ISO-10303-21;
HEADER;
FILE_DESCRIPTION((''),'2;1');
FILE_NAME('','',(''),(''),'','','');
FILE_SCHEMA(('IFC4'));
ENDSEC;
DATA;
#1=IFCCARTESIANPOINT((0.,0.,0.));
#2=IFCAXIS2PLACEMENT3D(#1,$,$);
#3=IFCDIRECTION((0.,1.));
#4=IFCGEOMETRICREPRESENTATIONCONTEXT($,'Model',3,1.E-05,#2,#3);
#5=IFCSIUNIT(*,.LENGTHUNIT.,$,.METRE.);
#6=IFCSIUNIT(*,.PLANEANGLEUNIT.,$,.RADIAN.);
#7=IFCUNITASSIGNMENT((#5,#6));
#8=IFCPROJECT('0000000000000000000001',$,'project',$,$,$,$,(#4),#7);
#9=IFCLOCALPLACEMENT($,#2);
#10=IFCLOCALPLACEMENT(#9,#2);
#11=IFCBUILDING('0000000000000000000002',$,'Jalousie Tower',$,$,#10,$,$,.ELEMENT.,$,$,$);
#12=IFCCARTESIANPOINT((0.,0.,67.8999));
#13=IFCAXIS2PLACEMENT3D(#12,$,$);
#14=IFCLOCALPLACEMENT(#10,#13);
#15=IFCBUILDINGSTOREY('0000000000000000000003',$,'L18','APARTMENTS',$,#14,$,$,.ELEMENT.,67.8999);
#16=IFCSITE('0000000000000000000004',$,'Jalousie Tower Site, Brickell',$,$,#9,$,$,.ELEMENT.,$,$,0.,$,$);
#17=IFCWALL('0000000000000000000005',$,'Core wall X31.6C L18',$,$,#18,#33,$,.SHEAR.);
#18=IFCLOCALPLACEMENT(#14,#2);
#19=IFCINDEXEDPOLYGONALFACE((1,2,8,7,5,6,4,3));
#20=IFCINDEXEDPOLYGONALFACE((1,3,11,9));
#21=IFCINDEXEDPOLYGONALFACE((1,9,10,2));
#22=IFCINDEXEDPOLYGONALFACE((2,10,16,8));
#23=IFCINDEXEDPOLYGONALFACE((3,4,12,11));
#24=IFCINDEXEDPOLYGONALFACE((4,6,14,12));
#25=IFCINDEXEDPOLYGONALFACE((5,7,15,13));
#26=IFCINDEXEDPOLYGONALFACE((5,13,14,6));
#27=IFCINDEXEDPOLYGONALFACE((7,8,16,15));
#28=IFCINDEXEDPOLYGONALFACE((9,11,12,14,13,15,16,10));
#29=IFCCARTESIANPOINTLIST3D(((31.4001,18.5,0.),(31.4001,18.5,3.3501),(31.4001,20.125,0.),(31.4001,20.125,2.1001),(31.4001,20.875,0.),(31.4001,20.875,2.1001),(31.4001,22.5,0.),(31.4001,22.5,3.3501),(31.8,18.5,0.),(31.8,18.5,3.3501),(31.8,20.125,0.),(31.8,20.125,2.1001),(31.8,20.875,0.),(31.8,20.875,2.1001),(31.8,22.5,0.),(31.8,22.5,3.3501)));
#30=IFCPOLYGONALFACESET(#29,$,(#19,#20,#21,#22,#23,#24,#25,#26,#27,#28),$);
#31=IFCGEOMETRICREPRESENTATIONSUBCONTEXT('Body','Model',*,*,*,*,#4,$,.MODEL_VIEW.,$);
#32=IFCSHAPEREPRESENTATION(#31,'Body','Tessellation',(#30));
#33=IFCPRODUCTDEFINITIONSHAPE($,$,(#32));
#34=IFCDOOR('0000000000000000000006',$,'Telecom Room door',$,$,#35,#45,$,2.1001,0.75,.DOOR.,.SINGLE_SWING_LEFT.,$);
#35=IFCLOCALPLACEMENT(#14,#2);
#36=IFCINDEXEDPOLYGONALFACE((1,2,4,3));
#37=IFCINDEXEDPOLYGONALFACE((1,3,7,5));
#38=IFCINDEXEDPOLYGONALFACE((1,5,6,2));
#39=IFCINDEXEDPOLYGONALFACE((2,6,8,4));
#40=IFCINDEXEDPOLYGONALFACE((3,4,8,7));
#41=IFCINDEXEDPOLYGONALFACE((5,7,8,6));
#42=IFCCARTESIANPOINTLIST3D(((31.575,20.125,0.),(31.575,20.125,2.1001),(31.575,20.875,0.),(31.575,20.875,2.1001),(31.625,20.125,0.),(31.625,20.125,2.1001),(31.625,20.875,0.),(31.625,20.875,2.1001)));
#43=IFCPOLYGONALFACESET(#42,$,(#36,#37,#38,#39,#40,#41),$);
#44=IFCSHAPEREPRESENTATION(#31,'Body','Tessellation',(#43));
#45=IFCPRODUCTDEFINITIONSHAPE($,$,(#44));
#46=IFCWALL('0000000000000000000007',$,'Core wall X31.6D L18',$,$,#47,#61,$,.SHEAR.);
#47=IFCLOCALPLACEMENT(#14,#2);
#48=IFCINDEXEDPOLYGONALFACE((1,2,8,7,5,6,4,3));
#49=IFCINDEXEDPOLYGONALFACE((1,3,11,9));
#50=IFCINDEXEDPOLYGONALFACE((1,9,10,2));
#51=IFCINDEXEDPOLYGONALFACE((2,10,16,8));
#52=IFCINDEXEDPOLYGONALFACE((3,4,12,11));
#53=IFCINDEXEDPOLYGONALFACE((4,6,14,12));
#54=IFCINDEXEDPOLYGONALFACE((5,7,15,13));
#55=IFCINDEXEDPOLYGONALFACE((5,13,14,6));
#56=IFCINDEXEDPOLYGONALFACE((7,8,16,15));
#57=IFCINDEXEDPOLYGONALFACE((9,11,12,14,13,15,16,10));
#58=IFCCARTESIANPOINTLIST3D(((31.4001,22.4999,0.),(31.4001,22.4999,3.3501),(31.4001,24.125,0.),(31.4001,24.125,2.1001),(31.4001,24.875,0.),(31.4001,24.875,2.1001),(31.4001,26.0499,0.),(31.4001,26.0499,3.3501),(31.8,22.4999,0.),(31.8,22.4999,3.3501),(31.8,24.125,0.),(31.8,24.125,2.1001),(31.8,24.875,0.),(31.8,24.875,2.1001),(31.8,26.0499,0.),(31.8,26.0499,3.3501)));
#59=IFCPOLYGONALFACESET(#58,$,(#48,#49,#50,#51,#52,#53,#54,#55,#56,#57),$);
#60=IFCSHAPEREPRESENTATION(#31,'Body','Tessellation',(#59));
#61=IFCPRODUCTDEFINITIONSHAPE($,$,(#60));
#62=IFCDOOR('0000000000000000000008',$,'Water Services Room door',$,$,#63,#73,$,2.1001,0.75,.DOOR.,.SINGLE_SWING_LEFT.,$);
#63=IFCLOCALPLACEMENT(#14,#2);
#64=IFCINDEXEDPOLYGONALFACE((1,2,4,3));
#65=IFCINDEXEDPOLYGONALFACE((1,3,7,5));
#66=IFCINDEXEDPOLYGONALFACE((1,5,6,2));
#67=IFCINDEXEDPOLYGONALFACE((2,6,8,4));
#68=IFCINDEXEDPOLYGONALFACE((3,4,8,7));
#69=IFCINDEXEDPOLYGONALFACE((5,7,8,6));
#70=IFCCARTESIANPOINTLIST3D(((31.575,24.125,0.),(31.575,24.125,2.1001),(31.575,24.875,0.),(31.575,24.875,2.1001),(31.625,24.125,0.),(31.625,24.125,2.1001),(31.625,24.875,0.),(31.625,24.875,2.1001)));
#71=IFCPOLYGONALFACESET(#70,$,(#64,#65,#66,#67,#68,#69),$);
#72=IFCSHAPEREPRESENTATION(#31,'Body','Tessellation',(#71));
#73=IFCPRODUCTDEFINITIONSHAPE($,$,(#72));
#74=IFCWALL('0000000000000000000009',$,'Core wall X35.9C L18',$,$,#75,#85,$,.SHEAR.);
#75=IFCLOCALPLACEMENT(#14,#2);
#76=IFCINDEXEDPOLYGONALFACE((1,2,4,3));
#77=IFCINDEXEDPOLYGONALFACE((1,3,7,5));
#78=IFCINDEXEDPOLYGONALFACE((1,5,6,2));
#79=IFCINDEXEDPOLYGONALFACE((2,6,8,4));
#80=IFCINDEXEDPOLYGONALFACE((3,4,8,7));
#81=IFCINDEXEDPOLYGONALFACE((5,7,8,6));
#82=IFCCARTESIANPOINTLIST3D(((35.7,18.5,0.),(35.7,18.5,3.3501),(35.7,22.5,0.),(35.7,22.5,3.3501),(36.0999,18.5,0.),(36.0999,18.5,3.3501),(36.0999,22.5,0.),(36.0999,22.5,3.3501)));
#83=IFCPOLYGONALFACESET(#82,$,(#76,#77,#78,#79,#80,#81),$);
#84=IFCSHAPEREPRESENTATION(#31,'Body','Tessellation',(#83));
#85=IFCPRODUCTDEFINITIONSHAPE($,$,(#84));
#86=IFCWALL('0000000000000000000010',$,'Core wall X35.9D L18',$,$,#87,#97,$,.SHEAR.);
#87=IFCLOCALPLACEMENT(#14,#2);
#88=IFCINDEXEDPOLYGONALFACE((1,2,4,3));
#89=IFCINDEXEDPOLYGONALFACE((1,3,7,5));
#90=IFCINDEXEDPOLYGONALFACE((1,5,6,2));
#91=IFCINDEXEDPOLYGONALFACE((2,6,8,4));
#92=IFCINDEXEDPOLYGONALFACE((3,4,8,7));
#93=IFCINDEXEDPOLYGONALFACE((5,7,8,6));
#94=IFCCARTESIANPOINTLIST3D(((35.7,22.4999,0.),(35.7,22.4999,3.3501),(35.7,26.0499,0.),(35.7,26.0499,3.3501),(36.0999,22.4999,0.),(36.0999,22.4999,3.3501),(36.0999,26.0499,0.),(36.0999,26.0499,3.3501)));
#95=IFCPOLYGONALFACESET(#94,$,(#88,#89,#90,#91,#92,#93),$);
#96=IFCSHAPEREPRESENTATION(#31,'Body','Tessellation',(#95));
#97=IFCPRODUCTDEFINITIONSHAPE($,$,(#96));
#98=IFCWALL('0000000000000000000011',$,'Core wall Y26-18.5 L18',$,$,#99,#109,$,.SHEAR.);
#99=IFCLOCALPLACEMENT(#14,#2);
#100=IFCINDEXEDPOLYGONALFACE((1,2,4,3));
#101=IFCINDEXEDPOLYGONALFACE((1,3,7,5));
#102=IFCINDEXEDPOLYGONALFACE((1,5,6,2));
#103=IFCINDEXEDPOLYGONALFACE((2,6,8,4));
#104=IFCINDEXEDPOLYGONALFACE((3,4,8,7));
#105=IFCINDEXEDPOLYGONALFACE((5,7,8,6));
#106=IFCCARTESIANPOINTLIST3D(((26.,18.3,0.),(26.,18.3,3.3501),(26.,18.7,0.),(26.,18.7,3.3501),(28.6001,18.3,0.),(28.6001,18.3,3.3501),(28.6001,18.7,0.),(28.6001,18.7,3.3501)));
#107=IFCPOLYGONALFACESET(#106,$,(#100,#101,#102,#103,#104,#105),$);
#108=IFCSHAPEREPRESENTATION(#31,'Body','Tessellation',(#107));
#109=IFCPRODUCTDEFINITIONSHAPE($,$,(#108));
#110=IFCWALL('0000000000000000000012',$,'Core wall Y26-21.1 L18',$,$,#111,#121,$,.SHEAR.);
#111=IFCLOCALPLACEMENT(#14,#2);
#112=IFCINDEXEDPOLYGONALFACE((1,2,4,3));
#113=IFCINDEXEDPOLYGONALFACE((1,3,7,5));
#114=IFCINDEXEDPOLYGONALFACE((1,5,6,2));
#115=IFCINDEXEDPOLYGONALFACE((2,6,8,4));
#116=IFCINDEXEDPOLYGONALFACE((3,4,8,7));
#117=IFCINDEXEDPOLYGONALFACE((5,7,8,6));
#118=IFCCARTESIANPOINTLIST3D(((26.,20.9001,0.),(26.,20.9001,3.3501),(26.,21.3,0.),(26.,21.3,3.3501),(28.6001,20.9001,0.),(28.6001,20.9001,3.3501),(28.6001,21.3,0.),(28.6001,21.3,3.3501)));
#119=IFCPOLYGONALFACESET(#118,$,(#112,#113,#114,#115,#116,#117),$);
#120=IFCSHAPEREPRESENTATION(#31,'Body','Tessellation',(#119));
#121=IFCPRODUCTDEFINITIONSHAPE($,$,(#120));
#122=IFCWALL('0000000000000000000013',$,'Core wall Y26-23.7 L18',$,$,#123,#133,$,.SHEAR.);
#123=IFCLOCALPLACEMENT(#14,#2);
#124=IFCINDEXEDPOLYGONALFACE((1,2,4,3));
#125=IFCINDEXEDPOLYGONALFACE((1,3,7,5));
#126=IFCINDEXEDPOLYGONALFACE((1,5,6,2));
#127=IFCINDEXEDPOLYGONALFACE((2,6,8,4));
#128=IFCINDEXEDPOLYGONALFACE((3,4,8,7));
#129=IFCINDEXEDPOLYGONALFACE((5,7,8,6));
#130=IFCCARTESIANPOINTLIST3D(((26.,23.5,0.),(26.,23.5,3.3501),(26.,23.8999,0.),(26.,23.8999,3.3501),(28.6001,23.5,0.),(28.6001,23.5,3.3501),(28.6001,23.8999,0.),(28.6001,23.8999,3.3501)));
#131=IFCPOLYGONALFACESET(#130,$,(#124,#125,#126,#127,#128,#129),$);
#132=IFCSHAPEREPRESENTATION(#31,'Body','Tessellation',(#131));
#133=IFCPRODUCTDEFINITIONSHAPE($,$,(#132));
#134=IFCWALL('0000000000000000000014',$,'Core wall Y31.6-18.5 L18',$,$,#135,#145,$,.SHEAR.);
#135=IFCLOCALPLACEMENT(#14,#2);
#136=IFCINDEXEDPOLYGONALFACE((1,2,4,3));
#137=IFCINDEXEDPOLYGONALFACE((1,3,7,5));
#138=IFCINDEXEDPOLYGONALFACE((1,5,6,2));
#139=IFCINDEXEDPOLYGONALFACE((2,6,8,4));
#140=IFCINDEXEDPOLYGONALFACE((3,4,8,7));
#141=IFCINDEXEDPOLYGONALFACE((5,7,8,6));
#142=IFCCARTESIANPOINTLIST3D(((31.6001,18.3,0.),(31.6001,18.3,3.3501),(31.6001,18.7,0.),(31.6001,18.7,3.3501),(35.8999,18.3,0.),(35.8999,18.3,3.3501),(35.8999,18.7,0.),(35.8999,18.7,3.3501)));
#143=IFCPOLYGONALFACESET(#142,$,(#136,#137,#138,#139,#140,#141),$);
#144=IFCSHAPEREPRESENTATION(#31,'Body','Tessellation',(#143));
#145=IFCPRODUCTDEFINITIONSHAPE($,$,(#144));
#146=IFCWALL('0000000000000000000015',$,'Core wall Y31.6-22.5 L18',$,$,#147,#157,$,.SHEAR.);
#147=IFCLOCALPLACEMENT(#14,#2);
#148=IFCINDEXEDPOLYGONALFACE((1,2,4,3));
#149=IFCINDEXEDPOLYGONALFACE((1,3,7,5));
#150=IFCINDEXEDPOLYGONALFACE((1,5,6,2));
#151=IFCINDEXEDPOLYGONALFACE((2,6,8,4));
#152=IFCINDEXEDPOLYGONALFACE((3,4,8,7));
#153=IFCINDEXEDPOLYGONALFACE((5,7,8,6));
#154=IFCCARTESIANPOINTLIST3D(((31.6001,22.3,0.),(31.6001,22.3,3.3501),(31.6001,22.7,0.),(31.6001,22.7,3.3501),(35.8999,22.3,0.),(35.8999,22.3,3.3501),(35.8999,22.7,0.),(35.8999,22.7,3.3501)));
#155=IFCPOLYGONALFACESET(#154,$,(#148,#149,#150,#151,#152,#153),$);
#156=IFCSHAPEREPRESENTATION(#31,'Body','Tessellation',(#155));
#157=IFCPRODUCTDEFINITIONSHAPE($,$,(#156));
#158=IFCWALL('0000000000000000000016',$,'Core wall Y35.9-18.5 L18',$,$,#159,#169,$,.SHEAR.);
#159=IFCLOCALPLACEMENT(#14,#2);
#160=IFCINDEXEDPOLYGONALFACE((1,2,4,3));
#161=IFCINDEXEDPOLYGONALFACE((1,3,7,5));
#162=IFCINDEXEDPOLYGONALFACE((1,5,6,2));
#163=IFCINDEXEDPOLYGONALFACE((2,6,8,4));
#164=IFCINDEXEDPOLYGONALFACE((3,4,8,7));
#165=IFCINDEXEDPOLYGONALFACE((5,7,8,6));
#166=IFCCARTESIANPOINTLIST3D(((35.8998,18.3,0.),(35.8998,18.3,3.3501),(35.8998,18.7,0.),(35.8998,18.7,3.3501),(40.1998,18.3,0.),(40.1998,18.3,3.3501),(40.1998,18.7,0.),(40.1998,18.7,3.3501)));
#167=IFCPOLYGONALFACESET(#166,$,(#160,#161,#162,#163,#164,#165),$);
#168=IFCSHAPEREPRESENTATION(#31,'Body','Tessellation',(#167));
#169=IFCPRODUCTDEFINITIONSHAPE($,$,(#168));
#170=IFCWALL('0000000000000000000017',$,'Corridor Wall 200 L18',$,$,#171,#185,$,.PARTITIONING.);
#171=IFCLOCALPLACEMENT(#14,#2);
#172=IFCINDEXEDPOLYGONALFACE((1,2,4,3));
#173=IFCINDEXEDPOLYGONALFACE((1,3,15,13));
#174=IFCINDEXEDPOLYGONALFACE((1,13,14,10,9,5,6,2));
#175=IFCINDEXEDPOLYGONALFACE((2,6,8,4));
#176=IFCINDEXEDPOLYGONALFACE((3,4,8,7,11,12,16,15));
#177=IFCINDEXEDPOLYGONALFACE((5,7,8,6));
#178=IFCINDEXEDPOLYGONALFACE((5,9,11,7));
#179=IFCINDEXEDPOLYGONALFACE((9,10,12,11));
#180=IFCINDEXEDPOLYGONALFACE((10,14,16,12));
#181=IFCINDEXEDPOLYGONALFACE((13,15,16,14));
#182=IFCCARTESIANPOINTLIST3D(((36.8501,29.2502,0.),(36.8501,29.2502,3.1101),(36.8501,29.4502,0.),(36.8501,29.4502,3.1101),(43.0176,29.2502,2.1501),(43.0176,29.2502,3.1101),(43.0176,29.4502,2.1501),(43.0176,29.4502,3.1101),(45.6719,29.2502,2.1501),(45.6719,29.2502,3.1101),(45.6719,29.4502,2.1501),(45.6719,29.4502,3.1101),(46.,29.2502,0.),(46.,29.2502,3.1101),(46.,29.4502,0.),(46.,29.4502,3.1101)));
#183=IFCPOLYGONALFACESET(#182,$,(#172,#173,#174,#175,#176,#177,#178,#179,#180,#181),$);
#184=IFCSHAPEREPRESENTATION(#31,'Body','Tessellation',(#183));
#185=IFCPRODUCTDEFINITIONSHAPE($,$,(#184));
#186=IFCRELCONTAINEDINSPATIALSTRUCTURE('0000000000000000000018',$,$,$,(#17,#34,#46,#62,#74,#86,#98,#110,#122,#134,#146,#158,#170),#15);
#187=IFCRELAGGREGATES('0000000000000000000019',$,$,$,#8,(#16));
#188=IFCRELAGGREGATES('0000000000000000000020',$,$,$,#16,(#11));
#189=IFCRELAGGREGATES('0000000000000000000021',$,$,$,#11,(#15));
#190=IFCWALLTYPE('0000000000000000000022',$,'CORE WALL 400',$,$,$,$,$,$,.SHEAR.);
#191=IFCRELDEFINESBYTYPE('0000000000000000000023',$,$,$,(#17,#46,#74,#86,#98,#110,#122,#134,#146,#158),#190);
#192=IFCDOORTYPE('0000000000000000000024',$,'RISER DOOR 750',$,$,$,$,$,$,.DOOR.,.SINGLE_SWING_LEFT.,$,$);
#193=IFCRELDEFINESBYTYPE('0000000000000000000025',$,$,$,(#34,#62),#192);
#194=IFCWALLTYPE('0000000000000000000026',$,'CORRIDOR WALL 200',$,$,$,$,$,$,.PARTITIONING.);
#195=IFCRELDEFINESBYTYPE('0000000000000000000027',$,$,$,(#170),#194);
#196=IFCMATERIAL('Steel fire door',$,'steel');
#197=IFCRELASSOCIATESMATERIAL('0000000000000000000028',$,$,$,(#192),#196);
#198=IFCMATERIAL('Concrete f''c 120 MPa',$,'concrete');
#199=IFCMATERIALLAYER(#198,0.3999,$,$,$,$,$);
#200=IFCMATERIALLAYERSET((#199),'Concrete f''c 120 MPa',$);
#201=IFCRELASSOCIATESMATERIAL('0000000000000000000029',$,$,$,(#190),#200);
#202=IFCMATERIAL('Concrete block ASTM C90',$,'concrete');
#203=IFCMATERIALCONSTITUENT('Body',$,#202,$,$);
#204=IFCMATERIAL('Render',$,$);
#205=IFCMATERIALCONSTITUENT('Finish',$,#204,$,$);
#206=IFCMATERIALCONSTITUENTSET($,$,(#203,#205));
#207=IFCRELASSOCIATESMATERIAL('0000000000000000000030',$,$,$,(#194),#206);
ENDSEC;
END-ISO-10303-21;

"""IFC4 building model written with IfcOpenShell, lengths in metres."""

from ifc_helpers import new_model, si_unit, direction, frame, frame_2d, origin, place, context, subcontext, project, spatial, polyline, rectangle, outline, extrude, material, layer, layer_set, constituent, constituent_set, type_object, element, fill, save


model = new_model("IFC4")

# Units and contexts
model_context = context("Model", 3, precision=1e-05, world=origin(), true_north=direction((0.0, 1.0)))
body_context = subcontext(model_context, "Body", "Model", "MODEL_VIEW")
ifc_project = project(units=[si_unit("LENGTHUNIT", "METRE"), si_unit("PLANEANGLEUNIT", "RADIAN")], contexts=[model_context])

# Site, building, storey
site_placement = place(None, origin())
site = spatial("IfcSite", under=ifc_project, at=site_placement, Name="Jalousie Tower Site, Brickell", CompositionType="ELEMENT", RefElevation=0.0)
building_placement = place(site_placement, origin())
building = spatial("IfcBuilding", under=site, at=building_placement, Name="Jalousie Tower", CompositionType="ELEMENT")
storey_placement = place(building_placement, frame((0.0, 0.0, 67.8999)))
storey = spatial("IfcBuildingStorey", under=building, at=storey_placement, Name="L18", Description="APARTMENTS", CompositionType="ELEMENT", Elevation=67.8999)

# Shared definitions
ifc_material_1 = material(Name="Steel fire door", Category="steel")
door_type_1 = type_object("IfcDoorType", Name="RISER DOOR 750", OperationType="SINGLE_SWING_LEFT", PredefinedType="DOOR", material=ifc_material_1)

# Shared definitions
ifc_material_2 = material(Name="Concrete f'c 120 MPa", Category="concrete")
ifc_layer_1 = layer(ifc_material_2, 0.3999)
ifc_layer_set_1 = layer_set([ifc_layer_1], Name="Concrete f'c 120 MPa")
wall_type_1 = type_object("IfcWallType", Name="CORE WALL 400", PredefinedType="SHEAR", material=ifc_layer_set_1)

# Walls, openings, doors
wall_1_placement = place(storey_placement, frame((31.6001, 18.5, 0.0), z_axis=(0.0, 0.0, 1.0), x_axis=(0.0, 1.0, 0.0)))
wall_1 = element("IfcWall", 1, at=wall_1_placement, inside=storey, type_object=wall_type_1, Name="Core wall X31.6C L18", PredefinedType="SHEAR", context=body_context, shape_type="SweptSolid", body=[
    extrude(rectangle(XDim=4.0, YDim=0.3999, at=frame_2d((2.0, 0.0))), origin(), (0.0, 0.0, 1.0), 3.3501),
])
opening_1_placement = place(wall_1_placement, frame((1.625, 0.0, 0.0)))
opening_1 = element("IfcOpeningElement", 2, at=opening_1_placement, cuts=wall_1, PredefinedType="OPENING", context=body_context, shape_type="SweptSolid", body=[
    extrude(rectangle(XDim=0.75, YDim=2.1001, at=frame_2d((0.375, 1.05))), frame((0.0, 0.21, 0.0), z_axis=(0.0, -1.0, 0.0), x_axis=(1.0, 0.0, 0.0)), (0.0, 0.0, 1.0), 0.4199),
])
door_1_placement = place(opening_1_placement, frame((0.75, 0.0, 0.0), z_axis=(0.0, 0.0, 1.0), x_axis=(-1.0, 0.0, 0.0)))
door_1 = element("IfcDoor", 3, at=door_1_placement, inside=storey, type_object=door_type_1, Name="Telecom Room door", OperationType="SINGLE_SWING_LEFT", OverallHeight=2.1001, OverallWidth=0.75, PredefinedType="DOOR", context=body_context, shape_type="SweptSolid", body=[
    extrude(rectangle(XDim=0.75, YDim=2.1001, at=frame_2d((0.375, 1.05))), frame((0.0, 0.0249, 0.0), z_axis=(0.0, -1.0, 0.0), x_axis=(1.0, 0.0, 0.0)), (0.0, 0.0, 1.0), 0.05),
])
fill(opening_1, door_1)
wall_2_placement = place(storey_placement, frame((31.6001, 22.5, 0.0), z_axis=(0.0, 0.0, 1.0), x_axis=(0.0, 1.0, 0.0)))
wall_2 = element("IfcWall", 4, at=wall_2_placement, inside=storey, type_object=wall_type_1, Name="Core wall X31.6D L18", PredefinedType="SHEAR", context=body_context, shape_type="SweptSolid", body=[
    extrude(rectangle(XDim=3.55, YDim=0.3999, at=frame_2d((1.7749, 0.0))), origin(), (0.0, 0.0, 1.0), 3.3501),
])
opening_2_placement = place(wall_2_placement, frame((1.625, 0.0, 0.0)))
opening_2 = element("IfcOpeningElement", 5, at=opening_2_placement, cuts=wall_2, PredefinedType="OPENING", context=body_context, shape_type="SweptSolid", body=[
    extrude(rectangle(XDim=0.75, YDim=2.1001, at=frame_2d((0.375, 1.05))), frame((0.0, 0.21, 0.0), z_axis=(0.0, -1.0, 0.0), x_axis=(1.0, 0.0, 0.0)), (0.0, 0.0, 1.0), 0.4199),
])
door_2_placement = place(opening_2_placement, frame((0.75, 0.0, 0.0), z_axis=(0.0, 0.0, 1.0), x_axis=(-1.0, 0.0, 0.0)))
door_2 = element("IfcDoor", 6, at=door_2_placement, inside=storey, type_object=door_type_1, Name="Water Services Room door", OperationType="SINGLE_SWING_LEFT", OverallHeight=2.1001, OverallWidth=0.75, PredefinedType="DOOR", context=body_context, shape_type="SweptSolid", body=[
    extrude(rectangle(XDim=0.75, YDim=2.1001, at=frame_2d((0.375, 1.05))), frame((0.0, 0.0249, 0.0), z_axis=(0.0, -1.0, 0.0), x_axis=(1.0, 0.0, 0.0)), (0.0, 0.0, 1.0), 0.05),
])
fill(opening_2, door_2)

# Walls
wall_3_placement = place(storey_placement, frame((35.8999, 18.5, 0.0), z_axis=(0.0, 0.0, 1.0), x_axis=(0.0, 1.0, 0.0)))
element("IfcWall", 7, at=wall_3_placement, inside=storey, type_object=wall_type_1, Name="Core wall X35.9C L18", PredefinedType="SHEAR", context=body_context, shape_type="SweptSolid", body=[
    extrude(rectangle(XDim=4.0, YDim=0.3999, at=frame_2d((2.0, 0.0))), origin(), (0.0, 0.0, 1.0), 3.3501),
])
wall_4_placement = place(storey_placement, frame((35.8999, 22.5, 0.0), z_axis=(0.0, 0.0, 1.0), x_axis=(0.0, 1.0, 0.0)))
element("IfcWall", 8, at=wall_4_placement, inside=storey, type_object=wall_type_1, Name="Core wall X35.9D L18", PredefinedType="SHEAR", context=body_context, shape_type="SweptSolid", body=[
    extrude(rectangle(XDim=3.55, YDim=0.3999, at=frame_2d((1.7749, 0.0))), origin(), (0.0, 0.0, 1.0), 3.3501),
])
for number, where, z_axis, x_axis, name in (
    (9, (26.0, 18.5, 0.0), (0.0, 0.0, 1.0), (1.0, 0.0, 0.0), "Core wall Y26-18.5 L18"),
    (10, (26.0, 21.1001, 0.0), (0.0, 0.0, 1.0), (1.0, 0.0, 0.0), "Core wall Y26-21.1 L18"),
    (11, (26.0, 23.7, 0.0), (0.0, 0.0, 1.0), (1.0, 0.0, 0.0), "Core wall Y26-23.7 L18"),
):
    element("IfcWall", number, at=place(storey_placement, frame(where, z_axis=z_axis, x_axis=x_axis)), inside=storey, type_object=wall_type_1, Name=name, PredefinedType="SHEAR", context=body_context, shape_type="SweptSolid", body=[
        extrude(rectangle(XDim=2.6001, YDim=0.3999, at=frame_2d((1.3, 0.0))), origin(), (0.0, 0.0, 1.0), 3.3501),
    ])
for number, where, z_axis, x_axis, name in (
    (12, (31.6001, 18.5, 0.0), (0.0, 0.0, 1.0), (1.0, 0.0, 0.0), "Core wall Y31.6-18.5 L18"),
    (13, (31.6001, 22.5, 0.0), (0.0, 0.0, 1.0), (1.0, 0.0, 0.0), "Core wall Y31.6-22.5 L18"),
):
    element("IfcWall", number, at=place(storey_placement, frame(where, z_axis=z_axis, x_axis=x_axis)), inside=storey, type_object=wall_type_1, Name=name, PredefinedType="SHEAR", context=body_context, shape_type="SweptSolid", body=[
        extrude(rectangle(XDim=4.2998, YDim=0.3999, at=frame_2d((2.1499, 0.0))), origin(), (0.0, 0.0, 1.0), 3.3501),
    ])
wall_5_placement = place(storey_placement, frame((35.8999, 18.5, 0.0), z_axis=(0.0, 0.0, 1.0), x_axis=(1.0, 0.0, 0.0)))
element("IfcWall", 14, at=wall_5_placement, inside=storey, type_object=wall_type_1, Name="Core wall Y35.9-18.5 L18", PredefinedType="SHEAR", context=body_context, shape_type="SweptSolid", body=[
    extrude(rectangle(XDim=4.3, YDim=0.3999, at=frame_2d((2.1499, 0.0))), origin(), (0.0, 0.0, 1.0), 3.3501),
])
ifc_material_3 = material(Name="Concrete block ASTM C90", Category="concrete")
ifc_constituent_1 = constituent(ifc_material_3, Name="Body")
ifc_material_4 = material(Name="Render")
ifc_constituent_2 = constituent(ifc_material_4, Name="Finish")
ifc_constituent_set_1 = constituent_set(constituents=[ifc_constituent_1, ifc_constituent_2])
wall_type_2 = type_object("IfcWallType", Name="CORRIDOR WALL 200", PredefinedType="PARTITIONING", material=ifc_constituent_set_1)
wall_6_placement = place(storey_placement, frame((36.8501, 29.3501, 0.0), z_axis=(0.0, 0.0, 1.0), x_axis=(1.0, 0.0, 0.0)))
element("IfcWall", 15, at=wall_6_placement, inside=storey, type_object=wall_type_2, Name="Corridor Wall 200 L18", PredefinedType="PARTITIONING", context=body_context, shape_type="SweptSolid", body=[
    extrude(outline(polyline([(0.0, 0.0), (9.1499, 0.0), (9.1499, 3.1101), (8.8218, 3.1101), (8.8218, 2.1501), (6.1675, 2.1501), (6.1675, 3.1101), (0.0, 3.1101), (0.0, 0.0)])), frame((0.0, 0.1001, 0.0), z_axis=(0.0, -1.0, 0.0), x_axis=(1.0, 0.0, 0.0)), (0.0, 0.0, 1.0), 0.2),
])

save(model, "model.ifc")
